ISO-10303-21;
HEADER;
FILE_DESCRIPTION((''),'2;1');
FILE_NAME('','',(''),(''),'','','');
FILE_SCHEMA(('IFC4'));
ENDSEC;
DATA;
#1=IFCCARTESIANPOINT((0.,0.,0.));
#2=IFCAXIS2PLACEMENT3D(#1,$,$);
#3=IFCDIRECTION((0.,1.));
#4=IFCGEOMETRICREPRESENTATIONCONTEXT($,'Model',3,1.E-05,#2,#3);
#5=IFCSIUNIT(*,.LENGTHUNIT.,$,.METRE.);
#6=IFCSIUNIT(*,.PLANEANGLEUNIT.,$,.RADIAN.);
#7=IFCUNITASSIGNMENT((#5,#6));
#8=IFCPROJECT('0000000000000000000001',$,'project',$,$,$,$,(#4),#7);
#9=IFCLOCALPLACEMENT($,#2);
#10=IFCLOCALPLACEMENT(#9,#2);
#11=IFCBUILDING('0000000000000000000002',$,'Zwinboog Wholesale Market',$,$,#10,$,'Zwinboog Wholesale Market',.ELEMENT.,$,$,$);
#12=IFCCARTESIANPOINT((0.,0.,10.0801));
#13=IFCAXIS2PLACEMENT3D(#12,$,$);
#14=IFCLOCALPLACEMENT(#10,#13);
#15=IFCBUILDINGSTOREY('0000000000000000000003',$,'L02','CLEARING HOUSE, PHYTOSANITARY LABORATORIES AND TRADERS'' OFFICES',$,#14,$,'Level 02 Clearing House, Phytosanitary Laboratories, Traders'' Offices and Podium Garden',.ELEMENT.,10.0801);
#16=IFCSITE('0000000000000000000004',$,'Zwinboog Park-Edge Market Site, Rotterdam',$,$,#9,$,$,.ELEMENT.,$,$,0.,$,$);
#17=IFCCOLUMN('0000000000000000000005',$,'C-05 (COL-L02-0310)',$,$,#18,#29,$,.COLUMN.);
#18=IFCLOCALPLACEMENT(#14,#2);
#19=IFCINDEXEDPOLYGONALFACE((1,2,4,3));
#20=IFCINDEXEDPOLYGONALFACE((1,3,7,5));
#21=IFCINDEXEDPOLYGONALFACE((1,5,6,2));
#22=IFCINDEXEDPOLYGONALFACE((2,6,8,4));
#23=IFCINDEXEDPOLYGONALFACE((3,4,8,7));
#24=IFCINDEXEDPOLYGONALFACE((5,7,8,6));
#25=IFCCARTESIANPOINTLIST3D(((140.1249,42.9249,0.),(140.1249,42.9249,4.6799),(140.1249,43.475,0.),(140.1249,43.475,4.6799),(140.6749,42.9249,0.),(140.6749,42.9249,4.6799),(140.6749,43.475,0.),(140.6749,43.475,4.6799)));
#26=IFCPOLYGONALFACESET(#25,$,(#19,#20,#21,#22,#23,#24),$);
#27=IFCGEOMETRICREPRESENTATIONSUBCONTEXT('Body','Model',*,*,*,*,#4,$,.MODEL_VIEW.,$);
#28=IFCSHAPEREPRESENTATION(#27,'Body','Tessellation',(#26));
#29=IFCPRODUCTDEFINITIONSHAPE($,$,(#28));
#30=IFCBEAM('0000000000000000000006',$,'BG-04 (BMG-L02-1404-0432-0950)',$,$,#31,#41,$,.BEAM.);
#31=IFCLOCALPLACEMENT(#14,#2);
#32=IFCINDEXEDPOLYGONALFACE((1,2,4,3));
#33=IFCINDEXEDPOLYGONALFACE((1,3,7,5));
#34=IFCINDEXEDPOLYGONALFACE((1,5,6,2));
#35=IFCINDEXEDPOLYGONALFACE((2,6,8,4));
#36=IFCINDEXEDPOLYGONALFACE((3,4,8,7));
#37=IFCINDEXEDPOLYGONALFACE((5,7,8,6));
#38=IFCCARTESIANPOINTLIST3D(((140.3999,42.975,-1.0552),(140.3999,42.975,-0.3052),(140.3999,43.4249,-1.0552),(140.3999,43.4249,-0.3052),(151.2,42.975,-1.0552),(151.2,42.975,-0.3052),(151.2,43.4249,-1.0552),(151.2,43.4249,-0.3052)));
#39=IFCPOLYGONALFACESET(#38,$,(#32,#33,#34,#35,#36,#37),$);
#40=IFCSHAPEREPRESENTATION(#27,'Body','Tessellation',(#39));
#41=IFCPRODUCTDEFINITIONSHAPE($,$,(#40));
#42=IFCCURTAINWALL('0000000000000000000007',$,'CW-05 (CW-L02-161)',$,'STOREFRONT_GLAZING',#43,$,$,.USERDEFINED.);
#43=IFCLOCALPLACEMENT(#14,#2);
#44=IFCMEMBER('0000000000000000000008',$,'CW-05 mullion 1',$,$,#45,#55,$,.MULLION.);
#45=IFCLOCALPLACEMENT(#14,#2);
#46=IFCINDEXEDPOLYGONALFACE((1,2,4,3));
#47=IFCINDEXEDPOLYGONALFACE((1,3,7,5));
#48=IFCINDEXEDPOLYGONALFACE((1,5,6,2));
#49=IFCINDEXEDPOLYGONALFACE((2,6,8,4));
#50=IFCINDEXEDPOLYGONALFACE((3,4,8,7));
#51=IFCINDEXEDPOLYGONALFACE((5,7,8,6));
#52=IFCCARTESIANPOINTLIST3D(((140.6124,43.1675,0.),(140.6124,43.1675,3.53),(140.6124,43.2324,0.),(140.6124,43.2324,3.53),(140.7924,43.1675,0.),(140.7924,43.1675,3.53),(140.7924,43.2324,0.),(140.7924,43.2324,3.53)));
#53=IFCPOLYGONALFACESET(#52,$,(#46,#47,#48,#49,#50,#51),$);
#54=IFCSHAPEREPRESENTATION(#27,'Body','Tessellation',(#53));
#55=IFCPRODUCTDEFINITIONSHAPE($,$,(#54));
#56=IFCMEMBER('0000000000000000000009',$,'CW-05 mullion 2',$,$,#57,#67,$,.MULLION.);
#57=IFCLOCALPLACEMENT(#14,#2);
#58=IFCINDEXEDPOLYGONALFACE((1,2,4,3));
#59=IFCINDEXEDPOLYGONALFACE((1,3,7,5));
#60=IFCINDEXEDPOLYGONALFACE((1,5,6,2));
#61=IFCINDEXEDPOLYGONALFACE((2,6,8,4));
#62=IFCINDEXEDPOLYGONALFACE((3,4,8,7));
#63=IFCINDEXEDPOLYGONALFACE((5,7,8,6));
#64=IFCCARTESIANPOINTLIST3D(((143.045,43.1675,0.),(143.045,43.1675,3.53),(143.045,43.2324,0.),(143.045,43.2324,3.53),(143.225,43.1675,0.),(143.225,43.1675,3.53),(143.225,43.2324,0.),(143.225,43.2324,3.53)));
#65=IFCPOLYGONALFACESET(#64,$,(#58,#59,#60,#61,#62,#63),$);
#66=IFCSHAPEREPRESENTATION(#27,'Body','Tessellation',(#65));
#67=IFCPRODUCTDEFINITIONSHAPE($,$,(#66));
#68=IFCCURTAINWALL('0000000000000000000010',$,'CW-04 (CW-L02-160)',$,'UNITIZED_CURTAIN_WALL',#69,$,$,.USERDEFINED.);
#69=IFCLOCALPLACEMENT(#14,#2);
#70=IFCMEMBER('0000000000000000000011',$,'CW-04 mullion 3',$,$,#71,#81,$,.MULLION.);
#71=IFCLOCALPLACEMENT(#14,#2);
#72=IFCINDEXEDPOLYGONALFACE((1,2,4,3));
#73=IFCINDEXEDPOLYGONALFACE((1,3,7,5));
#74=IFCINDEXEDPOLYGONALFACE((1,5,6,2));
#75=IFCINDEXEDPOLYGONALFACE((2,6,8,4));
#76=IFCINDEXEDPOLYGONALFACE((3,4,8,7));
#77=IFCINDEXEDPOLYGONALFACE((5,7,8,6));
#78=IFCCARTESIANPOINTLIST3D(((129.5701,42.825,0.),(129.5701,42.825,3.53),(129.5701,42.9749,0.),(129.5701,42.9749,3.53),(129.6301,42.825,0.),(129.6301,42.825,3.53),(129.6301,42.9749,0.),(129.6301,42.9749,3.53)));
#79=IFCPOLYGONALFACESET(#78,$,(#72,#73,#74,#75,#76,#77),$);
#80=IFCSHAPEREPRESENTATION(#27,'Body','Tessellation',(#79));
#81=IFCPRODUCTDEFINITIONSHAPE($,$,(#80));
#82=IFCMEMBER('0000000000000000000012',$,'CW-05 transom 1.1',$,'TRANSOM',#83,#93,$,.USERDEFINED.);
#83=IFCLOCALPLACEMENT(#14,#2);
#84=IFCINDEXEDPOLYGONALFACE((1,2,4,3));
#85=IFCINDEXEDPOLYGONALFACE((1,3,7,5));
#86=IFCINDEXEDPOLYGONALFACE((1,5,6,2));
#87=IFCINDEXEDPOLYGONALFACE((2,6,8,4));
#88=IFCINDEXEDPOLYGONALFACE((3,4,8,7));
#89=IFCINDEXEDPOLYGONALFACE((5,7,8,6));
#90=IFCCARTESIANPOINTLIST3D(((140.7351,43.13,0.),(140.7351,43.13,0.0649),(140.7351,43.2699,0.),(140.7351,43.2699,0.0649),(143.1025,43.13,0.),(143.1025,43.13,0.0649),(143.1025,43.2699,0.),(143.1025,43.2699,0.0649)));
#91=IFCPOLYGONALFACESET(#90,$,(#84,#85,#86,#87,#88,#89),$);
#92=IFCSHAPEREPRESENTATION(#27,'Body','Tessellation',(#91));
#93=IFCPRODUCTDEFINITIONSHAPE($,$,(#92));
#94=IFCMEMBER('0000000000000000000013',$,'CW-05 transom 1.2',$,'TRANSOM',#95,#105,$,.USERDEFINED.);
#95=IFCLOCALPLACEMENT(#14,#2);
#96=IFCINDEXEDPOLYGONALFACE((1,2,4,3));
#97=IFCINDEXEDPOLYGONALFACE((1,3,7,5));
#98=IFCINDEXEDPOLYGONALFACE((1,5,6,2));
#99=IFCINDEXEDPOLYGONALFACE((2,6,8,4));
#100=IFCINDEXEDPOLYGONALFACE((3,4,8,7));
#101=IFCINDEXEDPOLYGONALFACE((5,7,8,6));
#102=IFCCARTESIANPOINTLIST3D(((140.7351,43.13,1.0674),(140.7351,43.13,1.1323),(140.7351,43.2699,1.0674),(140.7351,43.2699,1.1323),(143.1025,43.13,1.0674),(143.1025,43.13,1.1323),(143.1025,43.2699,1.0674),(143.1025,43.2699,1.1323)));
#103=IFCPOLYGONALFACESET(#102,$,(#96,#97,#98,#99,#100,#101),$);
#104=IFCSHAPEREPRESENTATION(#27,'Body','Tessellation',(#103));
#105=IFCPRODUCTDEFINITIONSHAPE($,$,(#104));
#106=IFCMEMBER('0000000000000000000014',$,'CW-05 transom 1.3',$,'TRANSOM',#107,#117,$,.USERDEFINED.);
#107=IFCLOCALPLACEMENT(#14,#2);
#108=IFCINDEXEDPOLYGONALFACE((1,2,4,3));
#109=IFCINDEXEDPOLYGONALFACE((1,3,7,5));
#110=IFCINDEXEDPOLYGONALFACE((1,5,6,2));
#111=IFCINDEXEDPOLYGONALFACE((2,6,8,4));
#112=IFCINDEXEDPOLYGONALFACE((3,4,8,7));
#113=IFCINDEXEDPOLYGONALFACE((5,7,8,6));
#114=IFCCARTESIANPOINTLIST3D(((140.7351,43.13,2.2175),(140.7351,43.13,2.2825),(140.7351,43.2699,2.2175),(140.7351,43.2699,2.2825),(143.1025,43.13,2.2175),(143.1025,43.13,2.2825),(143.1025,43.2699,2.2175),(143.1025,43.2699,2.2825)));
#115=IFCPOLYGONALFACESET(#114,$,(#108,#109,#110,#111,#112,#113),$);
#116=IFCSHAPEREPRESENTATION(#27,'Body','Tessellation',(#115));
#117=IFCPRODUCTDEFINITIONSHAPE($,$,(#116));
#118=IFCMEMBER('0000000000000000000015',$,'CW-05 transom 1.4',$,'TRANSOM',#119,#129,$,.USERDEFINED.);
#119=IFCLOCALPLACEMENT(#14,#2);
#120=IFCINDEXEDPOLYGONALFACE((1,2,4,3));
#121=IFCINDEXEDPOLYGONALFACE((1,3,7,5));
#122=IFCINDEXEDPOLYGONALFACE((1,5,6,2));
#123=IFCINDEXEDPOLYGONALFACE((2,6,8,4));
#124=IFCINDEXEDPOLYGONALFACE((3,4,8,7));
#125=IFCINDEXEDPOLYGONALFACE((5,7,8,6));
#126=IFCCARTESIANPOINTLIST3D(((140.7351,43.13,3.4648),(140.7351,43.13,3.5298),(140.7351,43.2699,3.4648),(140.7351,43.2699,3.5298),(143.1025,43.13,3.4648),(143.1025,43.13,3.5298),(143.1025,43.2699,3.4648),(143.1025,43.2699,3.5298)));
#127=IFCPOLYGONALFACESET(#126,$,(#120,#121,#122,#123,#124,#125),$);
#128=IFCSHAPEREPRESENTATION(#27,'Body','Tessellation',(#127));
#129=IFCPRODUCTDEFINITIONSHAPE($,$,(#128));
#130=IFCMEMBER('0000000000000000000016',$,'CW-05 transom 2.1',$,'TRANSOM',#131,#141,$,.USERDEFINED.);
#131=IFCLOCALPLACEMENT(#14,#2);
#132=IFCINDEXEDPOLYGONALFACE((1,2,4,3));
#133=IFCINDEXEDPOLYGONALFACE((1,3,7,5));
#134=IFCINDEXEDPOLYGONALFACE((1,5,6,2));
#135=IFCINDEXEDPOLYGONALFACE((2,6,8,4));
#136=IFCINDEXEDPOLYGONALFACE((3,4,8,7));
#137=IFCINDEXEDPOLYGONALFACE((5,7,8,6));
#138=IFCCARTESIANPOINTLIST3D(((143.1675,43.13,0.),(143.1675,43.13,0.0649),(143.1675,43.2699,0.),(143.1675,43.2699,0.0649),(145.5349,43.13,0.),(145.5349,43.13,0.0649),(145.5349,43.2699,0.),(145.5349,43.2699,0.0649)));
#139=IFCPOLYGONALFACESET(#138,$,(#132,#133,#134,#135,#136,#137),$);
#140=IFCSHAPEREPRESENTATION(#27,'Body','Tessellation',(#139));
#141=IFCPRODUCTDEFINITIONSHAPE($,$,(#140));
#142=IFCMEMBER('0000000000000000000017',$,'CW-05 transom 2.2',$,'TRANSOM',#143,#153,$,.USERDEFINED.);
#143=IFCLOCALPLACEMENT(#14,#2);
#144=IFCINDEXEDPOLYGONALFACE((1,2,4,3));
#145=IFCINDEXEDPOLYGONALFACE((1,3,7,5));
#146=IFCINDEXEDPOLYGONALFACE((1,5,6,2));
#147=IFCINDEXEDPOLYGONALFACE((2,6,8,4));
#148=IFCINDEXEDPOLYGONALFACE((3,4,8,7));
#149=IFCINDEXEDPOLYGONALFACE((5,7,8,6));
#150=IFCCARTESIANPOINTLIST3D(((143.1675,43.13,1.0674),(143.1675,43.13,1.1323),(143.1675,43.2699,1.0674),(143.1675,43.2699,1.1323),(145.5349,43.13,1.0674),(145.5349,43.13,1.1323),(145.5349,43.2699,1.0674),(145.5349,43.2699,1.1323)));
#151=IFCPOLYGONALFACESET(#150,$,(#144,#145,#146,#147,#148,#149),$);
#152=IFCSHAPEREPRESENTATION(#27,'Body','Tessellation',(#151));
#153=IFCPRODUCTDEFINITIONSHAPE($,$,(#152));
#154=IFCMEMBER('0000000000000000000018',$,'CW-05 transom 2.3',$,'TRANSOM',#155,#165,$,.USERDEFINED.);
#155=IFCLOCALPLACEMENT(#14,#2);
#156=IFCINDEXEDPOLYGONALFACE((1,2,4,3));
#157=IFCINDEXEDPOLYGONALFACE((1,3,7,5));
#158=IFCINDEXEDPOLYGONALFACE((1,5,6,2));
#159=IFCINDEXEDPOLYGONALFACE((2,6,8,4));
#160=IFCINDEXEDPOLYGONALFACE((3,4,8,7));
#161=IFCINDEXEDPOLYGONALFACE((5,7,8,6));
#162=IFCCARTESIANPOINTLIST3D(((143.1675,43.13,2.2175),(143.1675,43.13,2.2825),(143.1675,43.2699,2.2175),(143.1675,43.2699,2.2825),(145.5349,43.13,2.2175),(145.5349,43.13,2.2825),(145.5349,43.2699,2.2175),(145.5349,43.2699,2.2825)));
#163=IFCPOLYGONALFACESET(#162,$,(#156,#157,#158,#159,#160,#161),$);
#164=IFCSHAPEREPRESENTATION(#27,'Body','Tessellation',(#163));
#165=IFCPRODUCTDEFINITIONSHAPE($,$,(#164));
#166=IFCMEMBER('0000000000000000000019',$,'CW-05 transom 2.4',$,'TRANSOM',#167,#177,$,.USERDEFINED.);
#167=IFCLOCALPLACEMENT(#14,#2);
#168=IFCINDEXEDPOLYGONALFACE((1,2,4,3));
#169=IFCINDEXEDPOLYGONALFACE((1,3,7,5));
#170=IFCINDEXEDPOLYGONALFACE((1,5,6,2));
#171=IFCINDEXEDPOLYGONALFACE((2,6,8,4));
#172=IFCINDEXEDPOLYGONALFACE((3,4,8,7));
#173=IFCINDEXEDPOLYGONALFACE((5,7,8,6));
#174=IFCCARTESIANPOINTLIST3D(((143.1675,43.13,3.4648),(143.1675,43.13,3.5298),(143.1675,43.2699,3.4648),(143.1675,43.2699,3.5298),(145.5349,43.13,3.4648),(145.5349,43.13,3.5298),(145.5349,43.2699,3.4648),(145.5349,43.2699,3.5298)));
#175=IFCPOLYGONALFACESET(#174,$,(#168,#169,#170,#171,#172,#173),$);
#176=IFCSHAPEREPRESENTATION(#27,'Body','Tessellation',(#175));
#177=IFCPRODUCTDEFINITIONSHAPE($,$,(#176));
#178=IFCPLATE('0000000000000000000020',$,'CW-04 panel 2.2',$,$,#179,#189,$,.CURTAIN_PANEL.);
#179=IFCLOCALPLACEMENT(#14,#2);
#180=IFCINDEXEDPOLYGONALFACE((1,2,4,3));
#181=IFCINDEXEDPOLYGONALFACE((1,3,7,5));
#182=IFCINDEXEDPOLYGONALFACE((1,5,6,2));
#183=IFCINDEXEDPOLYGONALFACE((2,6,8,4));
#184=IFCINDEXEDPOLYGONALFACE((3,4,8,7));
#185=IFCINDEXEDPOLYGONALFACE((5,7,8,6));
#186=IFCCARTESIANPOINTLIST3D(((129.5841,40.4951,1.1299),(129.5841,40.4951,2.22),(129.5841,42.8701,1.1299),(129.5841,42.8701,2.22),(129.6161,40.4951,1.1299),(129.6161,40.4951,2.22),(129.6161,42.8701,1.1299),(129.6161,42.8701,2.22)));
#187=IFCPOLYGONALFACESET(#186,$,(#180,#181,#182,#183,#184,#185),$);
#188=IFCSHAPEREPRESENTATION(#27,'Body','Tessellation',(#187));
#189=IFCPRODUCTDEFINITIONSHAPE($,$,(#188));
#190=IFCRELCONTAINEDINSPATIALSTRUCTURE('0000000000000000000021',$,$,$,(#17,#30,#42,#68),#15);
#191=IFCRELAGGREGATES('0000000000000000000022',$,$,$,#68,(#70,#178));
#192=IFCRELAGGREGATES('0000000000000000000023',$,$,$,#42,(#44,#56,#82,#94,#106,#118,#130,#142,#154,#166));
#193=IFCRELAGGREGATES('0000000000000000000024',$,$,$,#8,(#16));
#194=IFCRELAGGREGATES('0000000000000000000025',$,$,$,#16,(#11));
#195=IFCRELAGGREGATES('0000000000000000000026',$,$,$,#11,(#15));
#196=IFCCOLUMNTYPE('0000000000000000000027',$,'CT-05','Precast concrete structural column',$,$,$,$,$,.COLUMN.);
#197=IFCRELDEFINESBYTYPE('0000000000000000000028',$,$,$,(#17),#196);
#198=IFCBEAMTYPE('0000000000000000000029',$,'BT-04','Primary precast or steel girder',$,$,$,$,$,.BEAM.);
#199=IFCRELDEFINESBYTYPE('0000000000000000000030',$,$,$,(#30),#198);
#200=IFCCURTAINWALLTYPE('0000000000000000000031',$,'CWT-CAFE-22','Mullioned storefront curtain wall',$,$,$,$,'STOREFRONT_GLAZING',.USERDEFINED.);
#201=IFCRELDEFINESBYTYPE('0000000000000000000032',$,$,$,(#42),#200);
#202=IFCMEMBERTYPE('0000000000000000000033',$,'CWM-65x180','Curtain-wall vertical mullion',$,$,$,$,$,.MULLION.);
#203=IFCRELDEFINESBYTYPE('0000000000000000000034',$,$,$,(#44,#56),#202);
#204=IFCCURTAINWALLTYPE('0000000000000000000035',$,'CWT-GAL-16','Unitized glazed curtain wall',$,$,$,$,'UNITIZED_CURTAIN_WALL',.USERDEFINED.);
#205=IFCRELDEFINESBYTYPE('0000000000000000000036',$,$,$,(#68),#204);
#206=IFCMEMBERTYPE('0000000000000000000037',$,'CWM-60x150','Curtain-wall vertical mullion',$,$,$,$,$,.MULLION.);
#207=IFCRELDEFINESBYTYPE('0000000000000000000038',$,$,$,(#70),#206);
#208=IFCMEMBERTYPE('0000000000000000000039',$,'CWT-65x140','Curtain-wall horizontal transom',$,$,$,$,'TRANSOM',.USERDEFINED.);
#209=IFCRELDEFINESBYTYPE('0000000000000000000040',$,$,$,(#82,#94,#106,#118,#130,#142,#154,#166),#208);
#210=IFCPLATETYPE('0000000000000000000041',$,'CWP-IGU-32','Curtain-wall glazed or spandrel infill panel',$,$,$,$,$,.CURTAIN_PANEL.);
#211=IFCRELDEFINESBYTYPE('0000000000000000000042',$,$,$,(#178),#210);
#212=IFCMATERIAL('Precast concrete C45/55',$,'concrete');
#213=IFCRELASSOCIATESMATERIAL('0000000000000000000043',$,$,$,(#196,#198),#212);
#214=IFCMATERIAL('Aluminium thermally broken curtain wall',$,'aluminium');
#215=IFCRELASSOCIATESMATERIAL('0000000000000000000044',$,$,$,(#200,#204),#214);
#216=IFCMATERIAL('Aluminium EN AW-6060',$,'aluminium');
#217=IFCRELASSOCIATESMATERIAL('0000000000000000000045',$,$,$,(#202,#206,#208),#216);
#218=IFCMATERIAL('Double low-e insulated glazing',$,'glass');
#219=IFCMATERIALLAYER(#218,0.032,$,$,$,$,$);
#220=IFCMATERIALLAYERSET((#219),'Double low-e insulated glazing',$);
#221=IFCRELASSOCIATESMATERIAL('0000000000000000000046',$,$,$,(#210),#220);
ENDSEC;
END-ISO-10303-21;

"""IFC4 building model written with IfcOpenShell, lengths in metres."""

from ifc_helpers import new_model, si_unit, direction, frame, origin, origin_2d, place, context, subcontext, project, spatial, rectangle, extrude, material, layer, layer_set, material_profile, profile_set, type_object, element, aggregate, save


model = new_model("IFC4")

# Units and contexts
model_context = context("Model", 3, precision=1e-05, world=origin(), true_north=direction((0.0, 1.0)))
body_context = subcontext(model_context, "Body", "Model", "MODEL_VIEW")
ifc_project = project(units=[si_unit("LENGTHUNIT", "METRE"), si_unit("PLANEANGLEUNIT", "RADIAN")], contexts=[model_context])

# Site, building, storey
site_placement = place(None, origin())
site = spatial("IfcSite", under=ifc_project, at=site_placement, Name="Zwinboog Park-Edge Market Site, Rotterdam", CompositionType="ELEMENT", RefElevation=0.0)
building_placement = place(site_placement, origin())
building = spatial("IfcBuilding", under=site, at=building_placement, Name="Zwinboog Wholesale Market", LongName="Zwinboog Wholesale Market", CompositionType="ELEMENT")
storey_placement = place(building_placement, frame((0.0, 0.0, 10.0801)))
storey = spatial("IfcBuildingStorey", under=building, at=storey_placement, Name="L02", Description="CLEARING HOUSE, PHYTOSANITARY LABORATORIES AND TRADERS' OFFICES", LongName="Level 02 Clearing House, Phytosanitary Laboratories, Traders' Offices and Podium Garden", CompositionType="ELEMENT", Elevation=10.0801)

# Column
ifc_material_1 = material(Name="Precast concrete C45/55", Category="concrete")
ifc_material_profile_1 = material_profile(ifc_material_1, rectangle(XDim=0.55, YDim=0.55, at=origin_2d()), Name="PC 550x550")
ifc_profile_set_1 = profile_set([ifc_material_profile_1], Name="Precast concrete C45/55")
column_type = type_object("IfcColumnType", Name="CT-05", Description="Precast concrete structural column", PredefinedType="COLUMN", material=ifc_profile_set_1)
column_placement = place(storey_placement, frame((140.3999, 43.2, 0.0), z_axis=(0.0, 0.0, 1.0), x_axis=(1.0, 0.0, 0.0)))
element("IfcColumn", 1, at=column_placement, inside=storey, type_object=column_type, Name="C-05 (COL-L02-0310)", PredefinedType="COLUMN", context=body_context, shape_type="SweptSolid", body=[
    extrude(rectangle(XDim=0.55, YDim=0.55, at=origin_2d()), origin(), (0.0, 0.0, 1.0), 4.6799),
])

# Beam
ifc_material_profile_2 = material_profile(ifc_material_1, rectangle(XDim=0.45, YDim=0.75, at=origin_2d()), Name="PC 450x750")
ifc_profile_set_2 = profile_set([ifc_material_profile_2], Name="Precast concrete C45/55")
beam_type = type_object("IfcBeamType", Name="BT-04", Description="Primary precast or steel girder", PredefinedType="BEAM", material=ifc_profile_set_2)
beam_placement = place(storey_placement, frame((140.3999, 43.2, -0.6802), z_axis=(1.0, 0.0, 0.0), x_axis=(0.0, 1.0, 0.0)))
element("IfcBeam", 2, at=beam_placement, inside=storey, type_object=beam_type, Name="BG-04 (BMG-L02-1404-0432-0950)", PredefinedType="BEAM", context=body_context, shape_type="SweptSolid", body=[
    extrude(rectangle(XDim=0.45, YDim=0.75, at=origin_2d()), origin(), (0.0, 0.0, 1.0), 10.8),
])

# Curtain wall, members
ifc_material_2 = material(Name="Aluminium thermally broken curtain wall", Category="aluminium")
curtain_wall_type_1 = type_object("IfcCurtainWallType", Name="CWT-CAFE-22", Description="Mullioned storefront curtain wall", ElementType="STOREFRONT_GLAZING", PredefinedType="USERDEFINED", material=ifc_material_2)
curtain_wall_1_placement = place(storey_placement, origin())
curtain_wall_1 = element("IfcCurtainWall", 3, at=curtain_wall_1_placement, inside=storey, type_object=curtain_wall_type_1, Name="CW-05 (CW-L02-161)", ObjectType="STOREFRONT_GLAZING", PredefinedType="USERDEFINED")
ifc_material_3 = material(Name="Aluminium EN AW-6060", Category="aluminium")
ifc_material_profile_3 = material_profile(ifc_material_3, rectangle(XDim=0.0649, YDim=0.1799, at=origin_2d()), Name="AL 65x180")
ifc_profile_set_3 = profile_set([ifc_material_profile_3], Name="Aluminium EN AW-6060")
member_type_1 = type_object("IfcMemberType", Name="CWM-65x180", Description="Curtain-wall vertical mullion", PredefinedType="MULLION", material=ifc_profile_set_3)
member_1_placement = place(storey_placement, frame((140.7024, 43.2, 0.0), z_axis=(0.0, 0.0, 1.0), x_axis=(0.0, 1.0, 0.0)))
member_1 = element("IfcMember", 4, at=member_1_placement, type_object=member_type_1, Name="CW-05 mullion 1", PredefinedType="MULLION", context=body_context, shape_type="SweptSolid", body=[
    extrude(rectangle(XDim=0.0649, YDim=0.1799, at=origin_2d()), origin(), (0.0, 0.0, 1.0), 3.53),
])
member_2_placement = place(storey_placement, frame((143.135, 43.2, 0.0), z_axis=(0.0, 0.0, 1.0), x_axis=(0.0, 1.0, 0.0)))
member_2 = element("IfcMember", 5, at=member_2_placement, type_object=member_type_1, Name="CW-05 mullion 2", PredefinedType="MULLION", context=body_context, shape_type="SweptSolid", body=[
    extrude(rectangle(XDim=0.0649, YDim=0.1799, at=origin_2d()), origin(), (0.0, 0.0, 1.0), 3.53),
])

# Curtain wall, member
curtain_wall_type_2 = type_object("IfcCurtainWallType", Name="CWT-GAL-16", Description="Unitized glazed curtain wall", ElementType="UNITIZED_CURTAIN_WALL", PredefinedType="USERDEFINED", material=ifc_material_2)
curtain_wall_2_placement = place(storey_placement, origin())
curtain_wall_2 = element("IfcCurtainWall", 6, at=curtain_wall_2_placement, inside=storey, type_object=curtain_wall_type_2, Name="CW-04 (CW-L02-160)", ObjectType="UNITIZED_CURTAIN_WALL", PredefinedType="USERDEFINED")
ifc_material_profile_4 = material_profile(ifc_material_3, rectangle(XDim=0.0601, YDim=0.1499, at=origin_2d()), Name="AL 60x150")
ifc_profile_set_4 = profile_set([ifc_material_profile_4], Name="Aluminium EN AW-6060")
member_type_2 = type_object("IfcMemberType", Name="CWM-60x150", Description="Curtain-wall vertical mullion", PredefinedType="MULLION", material=ifc_profile_set_4)
member_3_placement = place(storey_placement, frame((129.6001, 42.8999, 0.0), z_axis=(0.0, 0.0, 1.0), x_axis=(-1.0, 0.0, 0.0)))
member_3 = element("IfcMember", 7, at=member_3_placement, type_object=member_type_2, Name="CW-04 mullion 3", PredefinedType="MULLION", context=body_context, shape_type="SweptSolid", body=[
    extrude(rectangle(XDim=0.0601, YDim=0.1499, at=origin_2d()), origin(), (0.0, 0.0, 1.0), 3.53),
])

# Members
ifc_material_profile_5 = material_profile(ifc_material_3, rectangle(XDim=0.1399, YDim=0.0649, at=origin_2d()), Name="AL 65x140")
ifc_profile_set_5 = profile_set([ifc_material_profile_5], Name="Aluminium EN AW-6060")
member_type_3 = type_object("IfcMemberType", Name="CWT-65x140", Description="Curtain-wall horizontal transom", ElementType="TRANSOM", PredefinedType="USERDEFINED", material=ifc_profile_set_5)
member_4_placement = place(storey_placement, frame((140.7351, 43.2, 0.0325), z_axis=(1.0, 0.0, 0.0), x_axis=(0.0, 1.0, 0.0)))
member_4 = element("IfcMember", 8, at=member_4_placement, type_object=member_type_3, Name="CW-05 transom 1.1", ObjectType="TRANSOM", PredefinedType="USERDEFINED", context=body_context, shape_type="SweptSolid", body=[
    extrude(rectangle(XDim=0.1399, YDim=0.0649, at=origin_2d()), origin(), (0.0, 0.0, 1.0), 2.3674),
])
member_5_placement = place(storey_placement, frame((140.7351, 43.2, 1.0999), z_axis=(1.0, 0.0, 0.0), x_axis=(0.0, 1.0, 0.0)))
member_5 = element("IfcMember", 9, at=member_5_placement, type_object=member_type_3, Name="CW-05 transom 1.2", ObjectType="TRANSOM", PredefinedType="USERDEFINED", context=body_context, shape_type="SweptSolid", body=[
    extrude(rectangle(XDim=0.1399, YDim=0.0649, at=origin_2d()), origin(), (0.0, 0.0, 1.0), 2.3674),
])
member_6_placement = place(storey_placement, frame((140.7351, 43.2, 2.25), z_axis=(1.0, 0.0, 0.0), x_axis=(0.0, 1.0, 0.0)))
member_6 = element("IfcMember", 10, at=member_6_placement, type_object=member_type_3, Name="CW-05 transom 1.3", ObjectType="TRANSOM", PredefinedType="USERDEFINED", context=body_context, shape_type="SweptSolid", body=[
    extrude(rectangle(XDim=0.1399, YDim=0.0649, at=origin_2d()), origin(), (0.0, 0.0, 1.0), 2.3674),
])
member_7_placement = place(storey_placement, frame((140.7351, 43.2, 3.4973), z_axis=(1.0, 0.0, 0.0), x_axis=(0.0, 1.0, 0.0)))
member_7 = element("IfcMember", 11, at=member_7_placement, type_object=member_type_3, Name="CW-05 transom 1.4", ObjectType="TRANSOM", PredefinedType="USERDEFINED", context=body_context, shape_type="SweptSolid", body=[
    extrude(rectangle(XDim=0.1399, YDim=0.0649, at=origin_2d()), origin(), (0.0, 0.0, 1.0), 2.3674),
])
member_8_placement = place(storey_placement, frame((143.1675, 43.2, 0.0325), z_axis=(1.0, 0.0, 0.0), x_axis=(0.0, 1.0, 0.0)))
member_8 = element("IfcMember", 12, at=member_8_placement, type_object=member_type_3, Name="CW-05 transom 2.1", ObjectType="TRANSOM", PredefinedType="USERDEFINED", context=body_context, shape_type="SweptSolid", body=[
    extrude(rectangle(XDim=0.1399, YDim=0.0649, at=origin_2d()), origin(), (0.0, 0.0, 1.0), 2.3674),
])
member_9_placement = place(storey_placement, frame((143.1675, 43.2, 1.0999), z_axis=(1.0, 0.0, 0.0), x_axis=(0.0, 1.0, 0.0)))
member_9 = element("IfcMember", 13, at=member_9_placement, type_object=member_type_3, Name="CW-05 transom 2.2", ObjectType="TRANSOM", PredefinedType="USERDEFINED", context=body_context, shape_type="SweptSolid", body=[
    extrude(rectangle(XDim=0.1399, YDim=0.0649, at=origin_2d()), origin(), (0.0, 0.0, 1.0), 2.3674),
])
member_10_placement = place(storey_placement, frame((143.1675, 43.2, 2.25), z_axis=(1.0, 0.0, 0.0), x_axis=(0.0, 1.0, 0.0)))
member_10 = element("IfcMember", 14, at=member_10_placement, type_object=member_type_3, Name="CW-05 transom 2.3", ObjectType="TRANSOM", PredefinedType="USERDEFINED", context=body_context, shape_type="SweptSolid", body=[
    extrude(rectangle(XDim=0.1399, YDim=0.0649, at=origin_2d()), origin(), (0.0, 0.0, 1.0), 2.3674),
])
member_11_placement = place(storey_placement, frame((143.1675, 43.2, 3.4973), z_axis=(1.0, 0.0, 0.0), x_axis=(0.0, 1.0, 0.0)))
member_11 = element("IfcMember", 15, at=member_11_placement, type_object=member_type_3, Name="CW-05 transom 2.4", ObjectType="TRANSOM", PredefinedType="USERDEFINED", context=body_context, shape_type="SweptSolid", body=[
    extrude(rectangle(XDim=0.1399, YDim=0.0649, at=origin_2d()), origin(), (0.0, 0.0, 1.0), 2.3674),
])

# Plate
ifc_material_4 = material(Name="Double low-e insulated glazing", Category="glass")
ifc_layer_1 = layer(ifc_material_4, 0.032)
ifc_layer_set_1 = layer_set([ifc_layer_1], Name="Double low-e insulated glazing")
plate_type = type_object("IfcPlateType", Name="CWP-IGU-32", Description="Curtain-wall glazed or spandrel infill panel", PredefinedType="CURTAIN_PANEL", material=ifc_layer_set_1)
plate_1_placement = place(storey_placement, frame((129.6001, 41.6826, 1.1299), z_axis=(0.0, 0.0, 1.0), x_axis=(0.0, 1.0, 0.0)))
plate_1 = element("IfcPlate", 16, at=plate_1_placement, type_object=plate_type, Name="CW-04 panel 2.2", PredefinedType="CURTAIN_PANEL", context=body_context, shape_type="SweptSolid", body=[
    extrude(rectangle(XDim=2.375, YDim=0.032, at=origin_2d()), origin(), (0.0, 0.0, 1.0), 1.0901),
])
aggregate(curtain_wall_2, [member_3, plate_1])
aggregate(curtain_wall_1, [member_1, member_2, member_4, member_5, member_6, member_7, member_8, member_9, member_10, member_11])

save(model, "model.ifc")
